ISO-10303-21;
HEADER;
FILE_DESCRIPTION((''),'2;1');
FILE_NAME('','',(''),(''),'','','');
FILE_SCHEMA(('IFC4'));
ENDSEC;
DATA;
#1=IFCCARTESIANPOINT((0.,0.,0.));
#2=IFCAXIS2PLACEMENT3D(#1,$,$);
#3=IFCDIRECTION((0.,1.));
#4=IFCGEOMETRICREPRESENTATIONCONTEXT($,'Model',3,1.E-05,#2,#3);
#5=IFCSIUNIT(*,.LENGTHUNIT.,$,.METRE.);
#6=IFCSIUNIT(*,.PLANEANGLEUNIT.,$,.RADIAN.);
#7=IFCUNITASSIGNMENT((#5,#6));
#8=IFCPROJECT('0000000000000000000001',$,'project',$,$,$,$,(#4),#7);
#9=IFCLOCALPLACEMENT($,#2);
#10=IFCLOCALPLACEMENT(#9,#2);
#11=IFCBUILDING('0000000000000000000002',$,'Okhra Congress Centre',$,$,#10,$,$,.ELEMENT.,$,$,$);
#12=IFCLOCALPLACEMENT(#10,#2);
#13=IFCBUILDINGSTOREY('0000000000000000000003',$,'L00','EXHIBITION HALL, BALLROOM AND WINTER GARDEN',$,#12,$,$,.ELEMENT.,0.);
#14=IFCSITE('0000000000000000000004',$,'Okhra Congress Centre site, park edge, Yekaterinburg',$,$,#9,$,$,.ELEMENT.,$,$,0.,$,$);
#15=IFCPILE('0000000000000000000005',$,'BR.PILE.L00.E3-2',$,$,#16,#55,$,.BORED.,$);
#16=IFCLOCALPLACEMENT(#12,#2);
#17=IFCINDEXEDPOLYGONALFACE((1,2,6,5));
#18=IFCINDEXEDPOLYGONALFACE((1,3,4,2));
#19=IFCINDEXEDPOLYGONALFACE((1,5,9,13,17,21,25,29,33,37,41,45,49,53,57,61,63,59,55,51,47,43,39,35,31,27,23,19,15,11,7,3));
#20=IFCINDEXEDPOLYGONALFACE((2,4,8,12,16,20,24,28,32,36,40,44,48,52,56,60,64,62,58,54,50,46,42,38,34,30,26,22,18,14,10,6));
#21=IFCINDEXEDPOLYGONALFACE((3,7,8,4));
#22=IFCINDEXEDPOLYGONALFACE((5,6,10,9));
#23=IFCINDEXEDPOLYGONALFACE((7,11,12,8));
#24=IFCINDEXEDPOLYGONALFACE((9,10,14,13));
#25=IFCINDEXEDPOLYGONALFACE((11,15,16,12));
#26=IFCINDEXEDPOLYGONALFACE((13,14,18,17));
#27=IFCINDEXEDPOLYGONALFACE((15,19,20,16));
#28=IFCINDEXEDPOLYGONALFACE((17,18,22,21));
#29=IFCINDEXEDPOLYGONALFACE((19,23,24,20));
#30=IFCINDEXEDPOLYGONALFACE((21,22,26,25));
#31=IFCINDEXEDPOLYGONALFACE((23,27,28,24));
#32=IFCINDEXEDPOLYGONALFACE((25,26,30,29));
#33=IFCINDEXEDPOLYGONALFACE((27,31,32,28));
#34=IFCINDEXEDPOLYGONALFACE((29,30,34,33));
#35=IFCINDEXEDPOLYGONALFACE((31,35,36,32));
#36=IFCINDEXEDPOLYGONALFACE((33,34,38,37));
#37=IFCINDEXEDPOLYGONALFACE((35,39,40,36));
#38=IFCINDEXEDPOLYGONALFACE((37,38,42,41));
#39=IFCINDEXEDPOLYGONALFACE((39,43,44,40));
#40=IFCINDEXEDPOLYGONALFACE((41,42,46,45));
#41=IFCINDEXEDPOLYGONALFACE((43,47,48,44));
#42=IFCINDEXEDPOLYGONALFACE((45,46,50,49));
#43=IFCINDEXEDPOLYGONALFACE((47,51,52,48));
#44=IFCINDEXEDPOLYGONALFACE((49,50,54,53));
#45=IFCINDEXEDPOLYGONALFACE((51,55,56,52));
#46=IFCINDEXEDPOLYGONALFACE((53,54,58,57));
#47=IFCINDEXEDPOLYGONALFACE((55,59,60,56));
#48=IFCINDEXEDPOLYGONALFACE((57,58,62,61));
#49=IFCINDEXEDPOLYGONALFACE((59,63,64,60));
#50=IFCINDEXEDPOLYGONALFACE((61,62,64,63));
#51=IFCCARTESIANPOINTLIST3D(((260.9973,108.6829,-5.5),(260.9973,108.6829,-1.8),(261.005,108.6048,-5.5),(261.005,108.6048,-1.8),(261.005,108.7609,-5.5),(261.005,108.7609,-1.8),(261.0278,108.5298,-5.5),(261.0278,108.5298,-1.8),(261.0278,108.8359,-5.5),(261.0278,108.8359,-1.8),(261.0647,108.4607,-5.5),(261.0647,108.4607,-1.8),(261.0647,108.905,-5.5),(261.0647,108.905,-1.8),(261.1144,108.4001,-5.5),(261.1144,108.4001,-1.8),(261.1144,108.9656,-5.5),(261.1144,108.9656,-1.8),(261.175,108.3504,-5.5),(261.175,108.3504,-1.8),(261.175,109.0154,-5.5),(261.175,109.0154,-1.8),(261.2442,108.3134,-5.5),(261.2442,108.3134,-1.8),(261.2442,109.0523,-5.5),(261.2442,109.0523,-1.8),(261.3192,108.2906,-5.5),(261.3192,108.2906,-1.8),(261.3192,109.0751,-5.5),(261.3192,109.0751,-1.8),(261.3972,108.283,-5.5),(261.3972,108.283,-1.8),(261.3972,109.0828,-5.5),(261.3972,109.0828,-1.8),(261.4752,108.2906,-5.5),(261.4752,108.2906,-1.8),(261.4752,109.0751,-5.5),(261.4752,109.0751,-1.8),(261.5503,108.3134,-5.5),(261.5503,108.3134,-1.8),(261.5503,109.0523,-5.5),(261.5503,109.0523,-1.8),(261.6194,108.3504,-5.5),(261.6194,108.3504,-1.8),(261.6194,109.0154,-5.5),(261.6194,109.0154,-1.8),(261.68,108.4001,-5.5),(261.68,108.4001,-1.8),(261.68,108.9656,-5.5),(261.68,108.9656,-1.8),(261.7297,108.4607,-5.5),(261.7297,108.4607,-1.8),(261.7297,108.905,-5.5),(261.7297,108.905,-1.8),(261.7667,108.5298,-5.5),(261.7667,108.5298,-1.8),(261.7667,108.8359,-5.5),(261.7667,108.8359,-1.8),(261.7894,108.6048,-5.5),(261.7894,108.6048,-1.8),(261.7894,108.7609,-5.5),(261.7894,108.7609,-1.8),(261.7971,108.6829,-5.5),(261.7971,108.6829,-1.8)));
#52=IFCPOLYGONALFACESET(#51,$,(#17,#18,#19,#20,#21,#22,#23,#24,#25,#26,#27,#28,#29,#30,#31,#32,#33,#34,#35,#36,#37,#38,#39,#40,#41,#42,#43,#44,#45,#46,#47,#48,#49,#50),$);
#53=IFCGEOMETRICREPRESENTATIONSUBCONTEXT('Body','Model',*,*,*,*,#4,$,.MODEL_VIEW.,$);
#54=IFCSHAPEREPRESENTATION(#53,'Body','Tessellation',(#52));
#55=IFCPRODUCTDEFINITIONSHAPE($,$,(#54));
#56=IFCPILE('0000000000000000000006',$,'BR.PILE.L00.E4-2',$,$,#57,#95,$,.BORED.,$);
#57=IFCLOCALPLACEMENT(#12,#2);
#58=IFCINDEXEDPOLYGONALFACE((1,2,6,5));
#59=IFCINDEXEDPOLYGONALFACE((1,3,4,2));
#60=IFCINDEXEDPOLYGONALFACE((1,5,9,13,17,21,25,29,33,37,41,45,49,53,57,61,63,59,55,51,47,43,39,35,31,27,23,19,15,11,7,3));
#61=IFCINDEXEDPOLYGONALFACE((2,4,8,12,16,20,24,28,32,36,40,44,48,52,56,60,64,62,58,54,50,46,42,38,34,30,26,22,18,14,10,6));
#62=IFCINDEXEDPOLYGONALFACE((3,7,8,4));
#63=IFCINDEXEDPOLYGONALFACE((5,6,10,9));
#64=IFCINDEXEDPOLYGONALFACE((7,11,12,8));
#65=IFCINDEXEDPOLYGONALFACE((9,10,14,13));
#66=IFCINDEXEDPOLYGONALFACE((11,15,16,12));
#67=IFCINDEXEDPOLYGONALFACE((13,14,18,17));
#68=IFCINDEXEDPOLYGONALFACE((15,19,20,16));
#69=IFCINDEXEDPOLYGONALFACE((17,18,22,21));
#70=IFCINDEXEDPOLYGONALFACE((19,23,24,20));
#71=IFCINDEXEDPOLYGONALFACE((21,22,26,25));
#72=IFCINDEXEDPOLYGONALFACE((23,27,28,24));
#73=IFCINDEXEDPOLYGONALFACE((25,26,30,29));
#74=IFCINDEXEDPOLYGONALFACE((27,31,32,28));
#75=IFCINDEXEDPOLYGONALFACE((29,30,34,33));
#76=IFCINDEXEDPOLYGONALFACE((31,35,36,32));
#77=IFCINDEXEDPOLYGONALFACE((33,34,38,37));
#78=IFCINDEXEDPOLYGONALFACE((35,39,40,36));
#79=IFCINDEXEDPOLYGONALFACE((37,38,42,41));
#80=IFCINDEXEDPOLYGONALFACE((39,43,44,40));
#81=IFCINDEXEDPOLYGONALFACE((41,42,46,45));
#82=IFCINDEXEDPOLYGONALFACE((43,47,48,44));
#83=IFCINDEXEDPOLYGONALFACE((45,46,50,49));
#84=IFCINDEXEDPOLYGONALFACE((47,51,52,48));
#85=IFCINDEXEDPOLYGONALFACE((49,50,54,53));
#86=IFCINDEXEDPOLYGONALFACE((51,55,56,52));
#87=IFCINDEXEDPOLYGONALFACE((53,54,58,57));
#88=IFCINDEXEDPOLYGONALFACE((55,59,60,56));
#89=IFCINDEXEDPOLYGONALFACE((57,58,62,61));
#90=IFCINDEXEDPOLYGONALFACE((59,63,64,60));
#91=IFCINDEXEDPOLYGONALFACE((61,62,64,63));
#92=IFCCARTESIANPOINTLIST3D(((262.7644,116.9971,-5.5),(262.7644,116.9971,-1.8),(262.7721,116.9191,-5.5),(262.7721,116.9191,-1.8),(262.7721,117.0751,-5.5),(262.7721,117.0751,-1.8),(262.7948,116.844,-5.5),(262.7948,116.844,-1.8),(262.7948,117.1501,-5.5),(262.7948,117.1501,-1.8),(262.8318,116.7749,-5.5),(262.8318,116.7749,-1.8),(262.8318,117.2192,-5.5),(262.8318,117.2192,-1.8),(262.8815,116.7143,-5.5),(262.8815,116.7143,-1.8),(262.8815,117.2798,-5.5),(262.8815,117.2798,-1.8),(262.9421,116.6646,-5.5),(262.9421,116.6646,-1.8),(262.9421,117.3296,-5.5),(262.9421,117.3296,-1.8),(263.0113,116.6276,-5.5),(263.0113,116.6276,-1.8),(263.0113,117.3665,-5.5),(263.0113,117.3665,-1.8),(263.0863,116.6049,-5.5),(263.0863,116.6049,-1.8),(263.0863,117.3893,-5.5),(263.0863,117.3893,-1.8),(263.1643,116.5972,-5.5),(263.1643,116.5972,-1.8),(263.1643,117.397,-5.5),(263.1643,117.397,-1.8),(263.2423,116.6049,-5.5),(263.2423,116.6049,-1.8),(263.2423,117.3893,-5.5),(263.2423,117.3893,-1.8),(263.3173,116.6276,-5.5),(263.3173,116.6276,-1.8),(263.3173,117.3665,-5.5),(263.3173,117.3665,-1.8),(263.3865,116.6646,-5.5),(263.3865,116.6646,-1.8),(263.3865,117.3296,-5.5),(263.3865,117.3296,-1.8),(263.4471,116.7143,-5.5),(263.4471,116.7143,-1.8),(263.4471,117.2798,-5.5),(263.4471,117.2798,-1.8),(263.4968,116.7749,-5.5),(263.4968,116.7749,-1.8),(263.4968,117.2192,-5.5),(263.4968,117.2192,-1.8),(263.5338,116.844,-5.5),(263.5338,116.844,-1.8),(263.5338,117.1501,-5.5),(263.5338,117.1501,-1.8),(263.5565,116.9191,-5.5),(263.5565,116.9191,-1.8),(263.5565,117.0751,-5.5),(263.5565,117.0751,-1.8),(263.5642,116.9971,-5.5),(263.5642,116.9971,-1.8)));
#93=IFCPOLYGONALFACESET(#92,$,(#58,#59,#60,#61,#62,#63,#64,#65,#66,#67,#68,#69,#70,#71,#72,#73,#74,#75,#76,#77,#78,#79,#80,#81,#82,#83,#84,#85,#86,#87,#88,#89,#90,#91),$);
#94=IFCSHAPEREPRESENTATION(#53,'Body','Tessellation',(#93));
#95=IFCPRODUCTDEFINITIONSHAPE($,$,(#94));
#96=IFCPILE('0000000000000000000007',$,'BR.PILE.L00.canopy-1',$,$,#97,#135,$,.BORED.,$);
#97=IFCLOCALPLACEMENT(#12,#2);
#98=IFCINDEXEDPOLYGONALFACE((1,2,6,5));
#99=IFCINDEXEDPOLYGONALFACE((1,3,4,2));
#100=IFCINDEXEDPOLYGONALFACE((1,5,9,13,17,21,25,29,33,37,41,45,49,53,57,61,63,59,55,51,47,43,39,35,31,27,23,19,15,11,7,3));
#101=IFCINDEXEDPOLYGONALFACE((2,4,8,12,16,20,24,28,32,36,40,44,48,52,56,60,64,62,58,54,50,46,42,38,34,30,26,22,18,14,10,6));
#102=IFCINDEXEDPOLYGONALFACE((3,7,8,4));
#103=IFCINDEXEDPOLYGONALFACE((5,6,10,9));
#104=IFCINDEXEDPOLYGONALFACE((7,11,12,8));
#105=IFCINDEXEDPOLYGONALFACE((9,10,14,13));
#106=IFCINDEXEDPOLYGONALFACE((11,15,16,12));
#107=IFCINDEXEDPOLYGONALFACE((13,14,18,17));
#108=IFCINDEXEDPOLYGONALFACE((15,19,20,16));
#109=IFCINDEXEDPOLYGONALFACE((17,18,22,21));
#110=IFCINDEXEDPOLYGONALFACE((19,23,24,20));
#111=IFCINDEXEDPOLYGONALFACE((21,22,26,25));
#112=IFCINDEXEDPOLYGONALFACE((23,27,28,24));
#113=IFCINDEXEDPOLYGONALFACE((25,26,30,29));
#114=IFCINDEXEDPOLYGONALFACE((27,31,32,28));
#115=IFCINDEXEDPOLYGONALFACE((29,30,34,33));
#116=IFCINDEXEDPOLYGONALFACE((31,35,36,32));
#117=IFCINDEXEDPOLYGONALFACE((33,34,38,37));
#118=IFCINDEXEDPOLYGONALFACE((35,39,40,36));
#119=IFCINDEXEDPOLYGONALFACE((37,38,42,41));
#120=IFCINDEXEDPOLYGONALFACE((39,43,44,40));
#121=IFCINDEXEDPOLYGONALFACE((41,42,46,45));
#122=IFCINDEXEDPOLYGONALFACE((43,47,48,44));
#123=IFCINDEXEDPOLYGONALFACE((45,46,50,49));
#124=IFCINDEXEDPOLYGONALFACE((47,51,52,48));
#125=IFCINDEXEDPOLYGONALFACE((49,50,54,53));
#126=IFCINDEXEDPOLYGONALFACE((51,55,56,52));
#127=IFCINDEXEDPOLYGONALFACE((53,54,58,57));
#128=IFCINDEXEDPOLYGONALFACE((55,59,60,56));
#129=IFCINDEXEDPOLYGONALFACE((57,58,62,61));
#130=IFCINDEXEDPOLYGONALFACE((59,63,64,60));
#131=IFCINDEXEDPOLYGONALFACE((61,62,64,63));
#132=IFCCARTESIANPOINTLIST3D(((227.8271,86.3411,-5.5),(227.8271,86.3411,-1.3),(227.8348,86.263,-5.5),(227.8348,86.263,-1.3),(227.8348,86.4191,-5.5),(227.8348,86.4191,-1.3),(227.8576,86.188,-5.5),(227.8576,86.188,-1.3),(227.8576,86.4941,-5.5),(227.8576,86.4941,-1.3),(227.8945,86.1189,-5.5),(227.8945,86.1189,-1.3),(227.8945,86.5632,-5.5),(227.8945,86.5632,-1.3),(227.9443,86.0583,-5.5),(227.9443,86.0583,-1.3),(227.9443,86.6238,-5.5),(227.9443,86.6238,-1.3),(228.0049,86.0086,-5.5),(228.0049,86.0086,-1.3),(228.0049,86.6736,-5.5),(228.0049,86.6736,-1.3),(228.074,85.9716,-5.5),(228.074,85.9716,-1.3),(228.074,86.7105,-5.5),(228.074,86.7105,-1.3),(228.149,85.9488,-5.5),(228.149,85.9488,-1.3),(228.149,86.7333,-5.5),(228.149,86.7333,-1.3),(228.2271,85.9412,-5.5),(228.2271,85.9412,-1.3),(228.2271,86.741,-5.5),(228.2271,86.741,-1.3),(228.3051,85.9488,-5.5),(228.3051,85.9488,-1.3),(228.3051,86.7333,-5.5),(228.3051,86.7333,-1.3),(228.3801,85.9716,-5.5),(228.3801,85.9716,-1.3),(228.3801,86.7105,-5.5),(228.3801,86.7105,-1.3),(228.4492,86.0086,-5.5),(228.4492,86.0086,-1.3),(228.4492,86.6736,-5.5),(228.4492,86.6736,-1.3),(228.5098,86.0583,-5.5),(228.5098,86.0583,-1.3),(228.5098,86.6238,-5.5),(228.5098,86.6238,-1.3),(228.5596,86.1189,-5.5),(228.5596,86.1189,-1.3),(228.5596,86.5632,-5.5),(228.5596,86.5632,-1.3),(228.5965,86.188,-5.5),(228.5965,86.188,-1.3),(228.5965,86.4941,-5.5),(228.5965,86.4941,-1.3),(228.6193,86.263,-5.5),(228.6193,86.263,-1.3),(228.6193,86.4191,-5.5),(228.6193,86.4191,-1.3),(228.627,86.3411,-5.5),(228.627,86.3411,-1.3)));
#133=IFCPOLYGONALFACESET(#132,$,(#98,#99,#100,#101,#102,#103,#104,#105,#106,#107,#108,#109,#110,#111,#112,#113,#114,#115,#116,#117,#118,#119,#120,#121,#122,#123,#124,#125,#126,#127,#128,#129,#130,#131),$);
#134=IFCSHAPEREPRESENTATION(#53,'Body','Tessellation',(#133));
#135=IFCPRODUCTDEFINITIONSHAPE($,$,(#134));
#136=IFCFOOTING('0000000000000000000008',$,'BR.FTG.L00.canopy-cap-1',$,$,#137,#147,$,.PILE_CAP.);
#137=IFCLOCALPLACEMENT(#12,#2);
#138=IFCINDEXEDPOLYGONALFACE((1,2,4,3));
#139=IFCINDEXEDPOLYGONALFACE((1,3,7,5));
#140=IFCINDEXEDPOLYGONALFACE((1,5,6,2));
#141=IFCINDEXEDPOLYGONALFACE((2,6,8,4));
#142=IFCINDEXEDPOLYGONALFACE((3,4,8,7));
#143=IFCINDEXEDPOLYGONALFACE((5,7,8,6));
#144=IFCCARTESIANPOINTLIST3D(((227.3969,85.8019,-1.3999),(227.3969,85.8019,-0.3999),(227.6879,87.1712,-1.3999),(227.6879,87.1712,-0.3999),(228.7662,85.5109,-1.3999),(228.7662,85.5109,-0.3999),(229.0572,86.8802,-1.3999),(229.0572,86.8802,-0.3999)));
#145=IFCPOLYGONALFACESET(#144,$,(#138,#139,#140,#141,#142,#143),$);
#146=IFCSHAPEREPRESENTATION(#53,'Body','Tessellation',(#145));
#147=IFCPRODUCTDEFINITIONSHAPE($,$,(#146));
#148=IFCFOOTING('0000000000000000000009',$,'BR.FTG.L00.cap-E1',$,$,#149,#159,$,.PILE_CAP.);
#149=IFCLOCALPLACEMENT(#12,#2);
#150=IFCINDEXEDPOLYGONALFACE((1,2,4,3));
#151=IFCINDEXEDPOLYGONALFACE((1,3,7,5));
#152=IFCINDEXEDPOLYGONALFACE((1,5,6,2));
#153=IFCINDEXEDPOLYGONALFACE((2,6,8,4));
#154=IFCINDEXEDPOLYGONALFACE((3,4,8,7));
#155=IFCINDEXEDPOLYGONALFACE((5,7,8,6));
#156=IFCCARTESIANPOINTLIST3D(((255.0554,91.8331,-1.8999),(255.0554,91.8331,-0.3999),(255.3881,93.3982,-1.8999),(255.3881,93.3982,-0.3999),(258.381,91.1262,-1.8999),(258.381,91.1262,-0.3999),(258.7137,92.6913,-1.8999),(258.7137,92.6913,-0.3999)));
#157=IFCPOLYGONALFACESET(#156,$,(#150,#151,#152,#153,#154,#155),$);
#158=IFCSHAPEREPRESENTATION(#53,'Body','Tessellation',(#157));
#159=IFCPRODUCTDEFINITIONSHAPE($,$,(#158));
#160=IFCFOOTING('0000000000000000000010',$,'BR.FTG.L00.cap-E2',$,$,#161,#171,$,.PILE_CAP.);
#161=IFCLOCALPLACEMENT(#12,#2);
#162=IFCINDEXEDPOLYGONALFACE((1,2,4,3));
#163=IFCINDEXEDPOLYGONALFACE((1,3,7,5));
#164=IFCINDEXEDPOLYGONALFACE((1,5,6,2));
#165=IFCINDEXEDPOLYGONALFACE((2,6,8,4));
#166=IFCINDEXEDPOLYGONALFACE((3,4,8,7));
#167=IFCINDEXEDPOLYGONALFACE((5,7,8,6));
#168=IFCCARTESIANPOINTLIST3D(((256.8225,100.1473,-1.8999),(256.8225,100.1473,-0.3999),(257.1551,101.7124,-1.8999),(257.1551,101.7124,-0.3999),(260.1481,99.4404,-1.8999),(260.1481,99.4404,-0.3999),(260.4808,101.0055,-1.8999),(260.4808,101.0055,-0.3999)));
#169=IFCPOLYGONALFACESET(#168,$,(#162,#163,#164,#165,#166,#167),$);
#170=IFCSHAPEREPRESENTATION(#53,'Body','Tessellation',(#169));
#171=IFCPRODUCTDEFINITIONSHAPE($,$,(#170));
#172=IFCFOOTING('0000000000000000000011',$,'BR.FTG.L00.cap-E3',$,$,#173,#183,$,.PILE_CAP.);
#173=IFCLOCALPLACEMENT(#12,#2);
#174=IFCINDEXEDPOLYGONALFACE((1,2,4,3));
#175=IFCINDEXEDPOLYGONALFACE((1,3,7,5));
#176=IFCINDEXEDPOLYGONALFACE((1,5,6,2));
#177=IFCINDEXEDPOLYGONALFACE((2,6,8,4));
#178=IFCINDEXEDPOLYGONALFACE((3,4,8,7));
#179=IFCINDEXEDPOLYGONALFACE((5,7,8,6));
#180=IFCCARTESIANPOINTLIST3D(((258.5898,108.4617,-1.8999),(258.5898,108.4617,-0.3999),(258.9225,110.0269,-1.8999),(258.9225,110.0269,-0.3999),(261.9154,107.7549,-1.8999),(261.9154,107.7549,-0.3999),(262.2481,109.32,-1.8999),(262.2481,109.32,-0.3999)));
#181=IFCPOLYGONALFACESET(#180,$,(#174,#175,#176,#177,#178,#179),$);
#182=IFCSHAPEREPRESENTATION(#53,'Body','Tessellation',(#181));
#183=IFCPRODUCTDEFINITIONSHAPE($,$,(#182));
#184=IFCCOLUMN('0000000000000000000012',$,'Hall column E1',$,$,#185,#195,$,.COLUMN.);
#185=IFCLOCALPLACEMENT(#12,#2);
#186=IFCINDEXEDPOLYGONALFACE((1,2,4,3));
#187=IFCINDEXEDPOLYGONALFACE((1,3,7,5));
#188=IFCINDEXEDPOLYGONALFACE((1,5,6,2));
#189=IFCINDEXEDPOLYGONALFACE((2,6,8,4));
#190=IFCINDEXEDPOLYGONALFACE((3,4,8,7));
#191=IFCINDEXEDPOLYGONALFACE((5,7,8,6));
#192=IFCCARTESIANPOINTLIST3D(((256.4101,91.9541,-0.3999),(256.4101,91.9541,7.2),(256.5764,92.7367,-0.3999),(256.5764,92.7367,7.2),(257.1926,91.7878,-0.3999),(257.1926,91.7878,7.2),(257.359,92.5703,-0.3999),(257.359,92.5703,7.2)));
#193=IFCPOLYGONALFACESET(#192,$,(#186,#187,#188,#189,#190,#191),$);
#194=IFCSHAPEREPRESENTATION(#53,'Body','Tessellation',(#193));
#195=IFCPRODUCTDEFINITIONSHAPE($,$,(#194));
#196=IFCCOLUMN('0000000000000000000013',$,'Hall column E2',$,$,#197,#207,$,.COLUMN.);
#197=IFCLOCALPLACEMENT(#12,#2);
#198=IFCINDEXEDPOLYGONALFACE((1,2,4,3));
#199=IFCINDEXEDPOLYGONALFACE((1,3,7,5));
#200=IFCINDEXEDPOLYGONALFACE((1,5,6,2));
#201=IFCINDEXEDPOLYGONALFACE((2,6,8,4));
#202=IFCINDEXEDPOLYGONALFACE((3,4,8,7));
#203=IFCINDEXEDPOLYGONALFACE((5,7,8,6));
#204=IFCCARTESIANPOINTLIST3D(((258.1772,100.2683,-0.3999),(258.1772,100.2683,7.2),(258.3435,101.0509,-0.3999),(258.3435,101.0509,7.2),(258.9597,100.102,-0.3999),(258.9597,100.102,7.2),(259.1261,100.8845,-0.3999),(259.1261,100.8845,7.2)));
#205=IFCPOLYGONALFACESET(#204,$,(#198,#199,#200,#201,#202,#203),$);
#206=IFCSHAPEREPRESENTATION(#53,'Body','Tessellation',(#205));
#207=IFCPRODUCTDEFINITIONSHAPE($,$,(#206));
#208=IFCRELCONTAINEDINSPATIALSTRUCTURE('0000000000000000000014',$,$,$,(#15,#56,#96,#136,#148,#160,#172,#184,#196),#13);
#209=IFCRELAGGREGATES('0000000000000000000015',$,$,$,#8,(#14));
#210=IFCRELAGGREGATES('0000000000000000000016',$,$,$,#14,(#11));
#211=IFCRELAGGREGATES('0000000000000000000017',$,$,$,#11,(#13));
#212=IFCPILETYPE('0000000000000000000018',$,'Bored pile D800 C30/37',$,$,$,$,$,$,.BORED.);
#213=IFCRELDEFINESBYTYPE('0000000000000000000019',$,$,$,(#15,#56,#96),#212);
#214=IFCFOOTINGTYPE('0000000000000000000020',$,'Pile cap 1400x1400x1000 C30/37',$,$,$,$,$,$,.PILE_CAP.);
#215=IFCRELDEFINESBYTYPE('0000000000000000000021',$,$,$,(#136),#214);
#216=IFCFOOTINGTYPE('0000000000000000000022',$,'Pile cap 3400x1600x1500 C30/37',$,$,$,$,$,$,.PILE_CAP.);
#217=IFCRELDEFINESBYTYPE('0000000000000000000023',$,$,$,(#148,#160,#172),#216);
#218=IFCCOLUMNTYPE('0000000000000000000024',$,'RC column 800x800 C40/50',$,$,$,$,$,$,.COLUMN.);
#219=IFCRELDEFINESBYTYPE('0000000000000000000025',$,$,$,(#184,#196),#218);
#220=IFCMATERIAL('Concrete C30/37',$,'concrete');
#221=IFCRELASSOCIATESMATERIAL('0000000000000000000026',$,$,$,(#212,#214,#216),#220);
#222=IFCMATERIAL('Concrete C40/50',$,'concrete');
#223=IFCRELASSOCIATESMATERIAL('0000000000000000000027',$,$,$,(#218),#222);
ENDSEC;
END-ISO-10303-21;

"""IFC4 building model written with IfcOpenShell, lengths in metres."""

from ifc_helpers import new_model, si_unit, direction, frame, origin, origin_2d, place, context, subcontext, project, spatial, rectangle, circle, extrude, material, material_profile, profile_set, type_object, element, save


model = new_model("IFC4")

# Units and contexts
model_context = context("Model", 3, precision=1e-05, world=origin(), true_north=direction((0.0, 1.0)))
body_context = subcontext(model_context, "Body", "Model", "MODEL_VIEW")
ifc_project = project(units=[si_unit("LENGTHUNIT", "METRE"), si_unit("PLANEANGLEUNIT", "RADIAN")], contexts=[model_context])

# Site, building, storey
site_placement = place(None, origin())
site = spatial("IfcSite", under=ifc_project, at=site_placement, Name="Okhra Congress Centre site, park edge, Yekaterinburg", CompositionType="ELEMENT", RefElevation=0.0)
building_placement = place(site_placement, origin())
building = spatial("IfcBuilding", under=site, at=building_placement, Name="Okhra Congress Centre", CompositionType="ELEMENT")
storey_placement = place(building_placement, origin())
storey = spatial("IfcBuildingStorey", under=building, at=storey_placement, Name="L00", Description="EXHIBITION HALL, BALLROOM AND WINTER GARDEN", CompositionType="ELEMENT", Elevation=0.0)

# Piles
ifc_material_1 = material(Name="Concrete C30/37", Category="concrete")
ifc_material_profile_1 = material_profile(ifc_material_1, circle(Radius=0.3999, at=origin_2d()), Name="D800")
ifc_profile_set_1 = profile_set([ifc_material_profile_1], Name="Concrete C30/37")
pile_type = type_object("IfcPileType", Name="Bored pile D800 C30/37", PredefinedType="BORED", material=ifc_profile_set_1)
for number, where, z_axis, x_axis, name in (
    (1, (261.3972, 108.6829, -1.8), (0.0, 0.0, -1.0), (1.0, 0.0, 0.0), "BR.PILE.L00.E3-2"),
    (2, (263.1643, 116.9971, -1.8), (0.0, 0.0, -1.0), (1.0, 0.0, 0.0), "BR.PILE.L00.E4-2"),
):
    element("IfcPile", number, at=place(storey_placement, frame(where, z_axis=z_axis, x_axis=x_axis)), inside=storey, type_object=pile_type, Name=name, PredefinedType="BORED", context=body_context, shape_type="SweptSolid", body=[
        extrude(circle(Radius=0.3999, at=origin_2d()), origin(), (0.0, 0.0, 1.0), 3.7),
    ])
pile_placement = place(storey_placement, frame((228.2271, 86.3411, -1.3), z_axis=(0.0, 0.0, -1.0), x_axis=(1.0, 0.0, 0.0)))
element("IfcPile", 3, at=pile_placement, inside=storey, type_object=pile_type, Name="BR.PILE.L00.canopy-1", PredefinedType="BORED", context=body_context, shape_type="SweptSolid", body=[
    extrude(circle(Radius=0.3999, at=origin_2d()), origin(), (0.0, 0.0, 1.0), 4.2),
])

# Footings
footing_type_1 = type_object("IfcFootingType", Name="Pile cap 1400x1400x1000 C30/37", PredefinedType="PILE_CAP", material=ifc_material_1)
footing_placement = place(storey_placement, frame((228.2271, 86.3411, -1.3999), z_axis=(0.0, 0.0, 1.0), x_axis=(0.978148, -0.207912, 0.0)))
element("IfcFooting", 4, at=footing_placement, inside=storey, type_object=footing_type_1, Name="BR.FTG.L00.canopy-cap-1", PredefinedType="PILE_CAP", context=body_context, shape_type="SweptSolid", body=[
    extrude(rectangle(XDim=1.3999, YDim=1.3999, at=origin_2d()), origin(), (0.0, 0.0, 1.0), 1.0),
])
footing_type_2 = type_object("IfcFootingType", Name="Pile cap 3400x1600x1500 C30/37", PredefinedType="PILE_CAP", material=ifc_material_1)
for number, where, z_axis, x_axis, name in (
    (5, (256.8845, 92.2622, -1.8999), (0.0, 0.0, 1.0), (0.978148, -0.207912, 0.0), "BR.FTG.L00.cap-E1"),
    (6, (258.6516, 100.5764, -1.8999), (0.0, 0.0, 1.0), (0.978148, -0.207912, 0.0), "BR.FTG.L00.cap-E2"),
    (7, (260.4189, 108.8909, -1.8999), (0.0, 0.0, 1.0), (0.978148, -0.207912, 0.0), "BR.FTG.L00.cap-E3"),
):
    element("IfcFooting", number, at=place(storey_placement, frame(where, z_axis=z_axis, x_axis=x_axis)), inside=storey, type_object=footing_type_2, Name=name, PredefinedType="PILE_CAP", context=body_context, shape_type="SweptSolid", body=[
        extrude(rectangle(XDim=3.3999, YDim=1.6001, at=origin_2d()), origin(), (0.0, 0.0, 1.0), 1.5),
    ])

# Columns
ifc_material_2 = material(Name="Concrete C40/50", Category="concrete")
ifc_material_profile_2 = material_profile(ifc_material_2, rectangle(XDim=0.8, YDim=0.8, at=origin_2d()), Name="RC 800x800")
ifc_profile_set_2 = profile_set([ifc_material_profile_2], Name="Concrete C40/50")
column_type = type_object("IfcColumnType", Name="RC column 800x800 C40/50", PredefinedType="COLUMN", material=ifc_profile_set_2)
for number, where, z_axis, x_axis, name in (
    (8, (256.8845, 92.2622, -0.3999), (0.0, 0.0, 1.0), (0.978148, -0.207912, 0.0), "Hall column E1"),
    (9, (258.6516, 100.5764, -0.3999), (0.0, 0.0, 1.0), (0.978148, -0.207912, 0.0), "Hall column E2"),
):
    element("IfcColumn", number, at=place(storey_placement, frame(where, z_axis=z_axis, x_axis=x_axis)), inside=storey, type_object=column_type, Name=name, PredefinedType="COLUMN", context=body_context, shape_type="SweptSolid", body=[
        extrude(rectangle(XDim=0.8, YDim=0.8, at=origin_2d()), origin(), (0.0, 0.0, 1.0), 7.5999),
    ])

save(model, "model.ifc")
